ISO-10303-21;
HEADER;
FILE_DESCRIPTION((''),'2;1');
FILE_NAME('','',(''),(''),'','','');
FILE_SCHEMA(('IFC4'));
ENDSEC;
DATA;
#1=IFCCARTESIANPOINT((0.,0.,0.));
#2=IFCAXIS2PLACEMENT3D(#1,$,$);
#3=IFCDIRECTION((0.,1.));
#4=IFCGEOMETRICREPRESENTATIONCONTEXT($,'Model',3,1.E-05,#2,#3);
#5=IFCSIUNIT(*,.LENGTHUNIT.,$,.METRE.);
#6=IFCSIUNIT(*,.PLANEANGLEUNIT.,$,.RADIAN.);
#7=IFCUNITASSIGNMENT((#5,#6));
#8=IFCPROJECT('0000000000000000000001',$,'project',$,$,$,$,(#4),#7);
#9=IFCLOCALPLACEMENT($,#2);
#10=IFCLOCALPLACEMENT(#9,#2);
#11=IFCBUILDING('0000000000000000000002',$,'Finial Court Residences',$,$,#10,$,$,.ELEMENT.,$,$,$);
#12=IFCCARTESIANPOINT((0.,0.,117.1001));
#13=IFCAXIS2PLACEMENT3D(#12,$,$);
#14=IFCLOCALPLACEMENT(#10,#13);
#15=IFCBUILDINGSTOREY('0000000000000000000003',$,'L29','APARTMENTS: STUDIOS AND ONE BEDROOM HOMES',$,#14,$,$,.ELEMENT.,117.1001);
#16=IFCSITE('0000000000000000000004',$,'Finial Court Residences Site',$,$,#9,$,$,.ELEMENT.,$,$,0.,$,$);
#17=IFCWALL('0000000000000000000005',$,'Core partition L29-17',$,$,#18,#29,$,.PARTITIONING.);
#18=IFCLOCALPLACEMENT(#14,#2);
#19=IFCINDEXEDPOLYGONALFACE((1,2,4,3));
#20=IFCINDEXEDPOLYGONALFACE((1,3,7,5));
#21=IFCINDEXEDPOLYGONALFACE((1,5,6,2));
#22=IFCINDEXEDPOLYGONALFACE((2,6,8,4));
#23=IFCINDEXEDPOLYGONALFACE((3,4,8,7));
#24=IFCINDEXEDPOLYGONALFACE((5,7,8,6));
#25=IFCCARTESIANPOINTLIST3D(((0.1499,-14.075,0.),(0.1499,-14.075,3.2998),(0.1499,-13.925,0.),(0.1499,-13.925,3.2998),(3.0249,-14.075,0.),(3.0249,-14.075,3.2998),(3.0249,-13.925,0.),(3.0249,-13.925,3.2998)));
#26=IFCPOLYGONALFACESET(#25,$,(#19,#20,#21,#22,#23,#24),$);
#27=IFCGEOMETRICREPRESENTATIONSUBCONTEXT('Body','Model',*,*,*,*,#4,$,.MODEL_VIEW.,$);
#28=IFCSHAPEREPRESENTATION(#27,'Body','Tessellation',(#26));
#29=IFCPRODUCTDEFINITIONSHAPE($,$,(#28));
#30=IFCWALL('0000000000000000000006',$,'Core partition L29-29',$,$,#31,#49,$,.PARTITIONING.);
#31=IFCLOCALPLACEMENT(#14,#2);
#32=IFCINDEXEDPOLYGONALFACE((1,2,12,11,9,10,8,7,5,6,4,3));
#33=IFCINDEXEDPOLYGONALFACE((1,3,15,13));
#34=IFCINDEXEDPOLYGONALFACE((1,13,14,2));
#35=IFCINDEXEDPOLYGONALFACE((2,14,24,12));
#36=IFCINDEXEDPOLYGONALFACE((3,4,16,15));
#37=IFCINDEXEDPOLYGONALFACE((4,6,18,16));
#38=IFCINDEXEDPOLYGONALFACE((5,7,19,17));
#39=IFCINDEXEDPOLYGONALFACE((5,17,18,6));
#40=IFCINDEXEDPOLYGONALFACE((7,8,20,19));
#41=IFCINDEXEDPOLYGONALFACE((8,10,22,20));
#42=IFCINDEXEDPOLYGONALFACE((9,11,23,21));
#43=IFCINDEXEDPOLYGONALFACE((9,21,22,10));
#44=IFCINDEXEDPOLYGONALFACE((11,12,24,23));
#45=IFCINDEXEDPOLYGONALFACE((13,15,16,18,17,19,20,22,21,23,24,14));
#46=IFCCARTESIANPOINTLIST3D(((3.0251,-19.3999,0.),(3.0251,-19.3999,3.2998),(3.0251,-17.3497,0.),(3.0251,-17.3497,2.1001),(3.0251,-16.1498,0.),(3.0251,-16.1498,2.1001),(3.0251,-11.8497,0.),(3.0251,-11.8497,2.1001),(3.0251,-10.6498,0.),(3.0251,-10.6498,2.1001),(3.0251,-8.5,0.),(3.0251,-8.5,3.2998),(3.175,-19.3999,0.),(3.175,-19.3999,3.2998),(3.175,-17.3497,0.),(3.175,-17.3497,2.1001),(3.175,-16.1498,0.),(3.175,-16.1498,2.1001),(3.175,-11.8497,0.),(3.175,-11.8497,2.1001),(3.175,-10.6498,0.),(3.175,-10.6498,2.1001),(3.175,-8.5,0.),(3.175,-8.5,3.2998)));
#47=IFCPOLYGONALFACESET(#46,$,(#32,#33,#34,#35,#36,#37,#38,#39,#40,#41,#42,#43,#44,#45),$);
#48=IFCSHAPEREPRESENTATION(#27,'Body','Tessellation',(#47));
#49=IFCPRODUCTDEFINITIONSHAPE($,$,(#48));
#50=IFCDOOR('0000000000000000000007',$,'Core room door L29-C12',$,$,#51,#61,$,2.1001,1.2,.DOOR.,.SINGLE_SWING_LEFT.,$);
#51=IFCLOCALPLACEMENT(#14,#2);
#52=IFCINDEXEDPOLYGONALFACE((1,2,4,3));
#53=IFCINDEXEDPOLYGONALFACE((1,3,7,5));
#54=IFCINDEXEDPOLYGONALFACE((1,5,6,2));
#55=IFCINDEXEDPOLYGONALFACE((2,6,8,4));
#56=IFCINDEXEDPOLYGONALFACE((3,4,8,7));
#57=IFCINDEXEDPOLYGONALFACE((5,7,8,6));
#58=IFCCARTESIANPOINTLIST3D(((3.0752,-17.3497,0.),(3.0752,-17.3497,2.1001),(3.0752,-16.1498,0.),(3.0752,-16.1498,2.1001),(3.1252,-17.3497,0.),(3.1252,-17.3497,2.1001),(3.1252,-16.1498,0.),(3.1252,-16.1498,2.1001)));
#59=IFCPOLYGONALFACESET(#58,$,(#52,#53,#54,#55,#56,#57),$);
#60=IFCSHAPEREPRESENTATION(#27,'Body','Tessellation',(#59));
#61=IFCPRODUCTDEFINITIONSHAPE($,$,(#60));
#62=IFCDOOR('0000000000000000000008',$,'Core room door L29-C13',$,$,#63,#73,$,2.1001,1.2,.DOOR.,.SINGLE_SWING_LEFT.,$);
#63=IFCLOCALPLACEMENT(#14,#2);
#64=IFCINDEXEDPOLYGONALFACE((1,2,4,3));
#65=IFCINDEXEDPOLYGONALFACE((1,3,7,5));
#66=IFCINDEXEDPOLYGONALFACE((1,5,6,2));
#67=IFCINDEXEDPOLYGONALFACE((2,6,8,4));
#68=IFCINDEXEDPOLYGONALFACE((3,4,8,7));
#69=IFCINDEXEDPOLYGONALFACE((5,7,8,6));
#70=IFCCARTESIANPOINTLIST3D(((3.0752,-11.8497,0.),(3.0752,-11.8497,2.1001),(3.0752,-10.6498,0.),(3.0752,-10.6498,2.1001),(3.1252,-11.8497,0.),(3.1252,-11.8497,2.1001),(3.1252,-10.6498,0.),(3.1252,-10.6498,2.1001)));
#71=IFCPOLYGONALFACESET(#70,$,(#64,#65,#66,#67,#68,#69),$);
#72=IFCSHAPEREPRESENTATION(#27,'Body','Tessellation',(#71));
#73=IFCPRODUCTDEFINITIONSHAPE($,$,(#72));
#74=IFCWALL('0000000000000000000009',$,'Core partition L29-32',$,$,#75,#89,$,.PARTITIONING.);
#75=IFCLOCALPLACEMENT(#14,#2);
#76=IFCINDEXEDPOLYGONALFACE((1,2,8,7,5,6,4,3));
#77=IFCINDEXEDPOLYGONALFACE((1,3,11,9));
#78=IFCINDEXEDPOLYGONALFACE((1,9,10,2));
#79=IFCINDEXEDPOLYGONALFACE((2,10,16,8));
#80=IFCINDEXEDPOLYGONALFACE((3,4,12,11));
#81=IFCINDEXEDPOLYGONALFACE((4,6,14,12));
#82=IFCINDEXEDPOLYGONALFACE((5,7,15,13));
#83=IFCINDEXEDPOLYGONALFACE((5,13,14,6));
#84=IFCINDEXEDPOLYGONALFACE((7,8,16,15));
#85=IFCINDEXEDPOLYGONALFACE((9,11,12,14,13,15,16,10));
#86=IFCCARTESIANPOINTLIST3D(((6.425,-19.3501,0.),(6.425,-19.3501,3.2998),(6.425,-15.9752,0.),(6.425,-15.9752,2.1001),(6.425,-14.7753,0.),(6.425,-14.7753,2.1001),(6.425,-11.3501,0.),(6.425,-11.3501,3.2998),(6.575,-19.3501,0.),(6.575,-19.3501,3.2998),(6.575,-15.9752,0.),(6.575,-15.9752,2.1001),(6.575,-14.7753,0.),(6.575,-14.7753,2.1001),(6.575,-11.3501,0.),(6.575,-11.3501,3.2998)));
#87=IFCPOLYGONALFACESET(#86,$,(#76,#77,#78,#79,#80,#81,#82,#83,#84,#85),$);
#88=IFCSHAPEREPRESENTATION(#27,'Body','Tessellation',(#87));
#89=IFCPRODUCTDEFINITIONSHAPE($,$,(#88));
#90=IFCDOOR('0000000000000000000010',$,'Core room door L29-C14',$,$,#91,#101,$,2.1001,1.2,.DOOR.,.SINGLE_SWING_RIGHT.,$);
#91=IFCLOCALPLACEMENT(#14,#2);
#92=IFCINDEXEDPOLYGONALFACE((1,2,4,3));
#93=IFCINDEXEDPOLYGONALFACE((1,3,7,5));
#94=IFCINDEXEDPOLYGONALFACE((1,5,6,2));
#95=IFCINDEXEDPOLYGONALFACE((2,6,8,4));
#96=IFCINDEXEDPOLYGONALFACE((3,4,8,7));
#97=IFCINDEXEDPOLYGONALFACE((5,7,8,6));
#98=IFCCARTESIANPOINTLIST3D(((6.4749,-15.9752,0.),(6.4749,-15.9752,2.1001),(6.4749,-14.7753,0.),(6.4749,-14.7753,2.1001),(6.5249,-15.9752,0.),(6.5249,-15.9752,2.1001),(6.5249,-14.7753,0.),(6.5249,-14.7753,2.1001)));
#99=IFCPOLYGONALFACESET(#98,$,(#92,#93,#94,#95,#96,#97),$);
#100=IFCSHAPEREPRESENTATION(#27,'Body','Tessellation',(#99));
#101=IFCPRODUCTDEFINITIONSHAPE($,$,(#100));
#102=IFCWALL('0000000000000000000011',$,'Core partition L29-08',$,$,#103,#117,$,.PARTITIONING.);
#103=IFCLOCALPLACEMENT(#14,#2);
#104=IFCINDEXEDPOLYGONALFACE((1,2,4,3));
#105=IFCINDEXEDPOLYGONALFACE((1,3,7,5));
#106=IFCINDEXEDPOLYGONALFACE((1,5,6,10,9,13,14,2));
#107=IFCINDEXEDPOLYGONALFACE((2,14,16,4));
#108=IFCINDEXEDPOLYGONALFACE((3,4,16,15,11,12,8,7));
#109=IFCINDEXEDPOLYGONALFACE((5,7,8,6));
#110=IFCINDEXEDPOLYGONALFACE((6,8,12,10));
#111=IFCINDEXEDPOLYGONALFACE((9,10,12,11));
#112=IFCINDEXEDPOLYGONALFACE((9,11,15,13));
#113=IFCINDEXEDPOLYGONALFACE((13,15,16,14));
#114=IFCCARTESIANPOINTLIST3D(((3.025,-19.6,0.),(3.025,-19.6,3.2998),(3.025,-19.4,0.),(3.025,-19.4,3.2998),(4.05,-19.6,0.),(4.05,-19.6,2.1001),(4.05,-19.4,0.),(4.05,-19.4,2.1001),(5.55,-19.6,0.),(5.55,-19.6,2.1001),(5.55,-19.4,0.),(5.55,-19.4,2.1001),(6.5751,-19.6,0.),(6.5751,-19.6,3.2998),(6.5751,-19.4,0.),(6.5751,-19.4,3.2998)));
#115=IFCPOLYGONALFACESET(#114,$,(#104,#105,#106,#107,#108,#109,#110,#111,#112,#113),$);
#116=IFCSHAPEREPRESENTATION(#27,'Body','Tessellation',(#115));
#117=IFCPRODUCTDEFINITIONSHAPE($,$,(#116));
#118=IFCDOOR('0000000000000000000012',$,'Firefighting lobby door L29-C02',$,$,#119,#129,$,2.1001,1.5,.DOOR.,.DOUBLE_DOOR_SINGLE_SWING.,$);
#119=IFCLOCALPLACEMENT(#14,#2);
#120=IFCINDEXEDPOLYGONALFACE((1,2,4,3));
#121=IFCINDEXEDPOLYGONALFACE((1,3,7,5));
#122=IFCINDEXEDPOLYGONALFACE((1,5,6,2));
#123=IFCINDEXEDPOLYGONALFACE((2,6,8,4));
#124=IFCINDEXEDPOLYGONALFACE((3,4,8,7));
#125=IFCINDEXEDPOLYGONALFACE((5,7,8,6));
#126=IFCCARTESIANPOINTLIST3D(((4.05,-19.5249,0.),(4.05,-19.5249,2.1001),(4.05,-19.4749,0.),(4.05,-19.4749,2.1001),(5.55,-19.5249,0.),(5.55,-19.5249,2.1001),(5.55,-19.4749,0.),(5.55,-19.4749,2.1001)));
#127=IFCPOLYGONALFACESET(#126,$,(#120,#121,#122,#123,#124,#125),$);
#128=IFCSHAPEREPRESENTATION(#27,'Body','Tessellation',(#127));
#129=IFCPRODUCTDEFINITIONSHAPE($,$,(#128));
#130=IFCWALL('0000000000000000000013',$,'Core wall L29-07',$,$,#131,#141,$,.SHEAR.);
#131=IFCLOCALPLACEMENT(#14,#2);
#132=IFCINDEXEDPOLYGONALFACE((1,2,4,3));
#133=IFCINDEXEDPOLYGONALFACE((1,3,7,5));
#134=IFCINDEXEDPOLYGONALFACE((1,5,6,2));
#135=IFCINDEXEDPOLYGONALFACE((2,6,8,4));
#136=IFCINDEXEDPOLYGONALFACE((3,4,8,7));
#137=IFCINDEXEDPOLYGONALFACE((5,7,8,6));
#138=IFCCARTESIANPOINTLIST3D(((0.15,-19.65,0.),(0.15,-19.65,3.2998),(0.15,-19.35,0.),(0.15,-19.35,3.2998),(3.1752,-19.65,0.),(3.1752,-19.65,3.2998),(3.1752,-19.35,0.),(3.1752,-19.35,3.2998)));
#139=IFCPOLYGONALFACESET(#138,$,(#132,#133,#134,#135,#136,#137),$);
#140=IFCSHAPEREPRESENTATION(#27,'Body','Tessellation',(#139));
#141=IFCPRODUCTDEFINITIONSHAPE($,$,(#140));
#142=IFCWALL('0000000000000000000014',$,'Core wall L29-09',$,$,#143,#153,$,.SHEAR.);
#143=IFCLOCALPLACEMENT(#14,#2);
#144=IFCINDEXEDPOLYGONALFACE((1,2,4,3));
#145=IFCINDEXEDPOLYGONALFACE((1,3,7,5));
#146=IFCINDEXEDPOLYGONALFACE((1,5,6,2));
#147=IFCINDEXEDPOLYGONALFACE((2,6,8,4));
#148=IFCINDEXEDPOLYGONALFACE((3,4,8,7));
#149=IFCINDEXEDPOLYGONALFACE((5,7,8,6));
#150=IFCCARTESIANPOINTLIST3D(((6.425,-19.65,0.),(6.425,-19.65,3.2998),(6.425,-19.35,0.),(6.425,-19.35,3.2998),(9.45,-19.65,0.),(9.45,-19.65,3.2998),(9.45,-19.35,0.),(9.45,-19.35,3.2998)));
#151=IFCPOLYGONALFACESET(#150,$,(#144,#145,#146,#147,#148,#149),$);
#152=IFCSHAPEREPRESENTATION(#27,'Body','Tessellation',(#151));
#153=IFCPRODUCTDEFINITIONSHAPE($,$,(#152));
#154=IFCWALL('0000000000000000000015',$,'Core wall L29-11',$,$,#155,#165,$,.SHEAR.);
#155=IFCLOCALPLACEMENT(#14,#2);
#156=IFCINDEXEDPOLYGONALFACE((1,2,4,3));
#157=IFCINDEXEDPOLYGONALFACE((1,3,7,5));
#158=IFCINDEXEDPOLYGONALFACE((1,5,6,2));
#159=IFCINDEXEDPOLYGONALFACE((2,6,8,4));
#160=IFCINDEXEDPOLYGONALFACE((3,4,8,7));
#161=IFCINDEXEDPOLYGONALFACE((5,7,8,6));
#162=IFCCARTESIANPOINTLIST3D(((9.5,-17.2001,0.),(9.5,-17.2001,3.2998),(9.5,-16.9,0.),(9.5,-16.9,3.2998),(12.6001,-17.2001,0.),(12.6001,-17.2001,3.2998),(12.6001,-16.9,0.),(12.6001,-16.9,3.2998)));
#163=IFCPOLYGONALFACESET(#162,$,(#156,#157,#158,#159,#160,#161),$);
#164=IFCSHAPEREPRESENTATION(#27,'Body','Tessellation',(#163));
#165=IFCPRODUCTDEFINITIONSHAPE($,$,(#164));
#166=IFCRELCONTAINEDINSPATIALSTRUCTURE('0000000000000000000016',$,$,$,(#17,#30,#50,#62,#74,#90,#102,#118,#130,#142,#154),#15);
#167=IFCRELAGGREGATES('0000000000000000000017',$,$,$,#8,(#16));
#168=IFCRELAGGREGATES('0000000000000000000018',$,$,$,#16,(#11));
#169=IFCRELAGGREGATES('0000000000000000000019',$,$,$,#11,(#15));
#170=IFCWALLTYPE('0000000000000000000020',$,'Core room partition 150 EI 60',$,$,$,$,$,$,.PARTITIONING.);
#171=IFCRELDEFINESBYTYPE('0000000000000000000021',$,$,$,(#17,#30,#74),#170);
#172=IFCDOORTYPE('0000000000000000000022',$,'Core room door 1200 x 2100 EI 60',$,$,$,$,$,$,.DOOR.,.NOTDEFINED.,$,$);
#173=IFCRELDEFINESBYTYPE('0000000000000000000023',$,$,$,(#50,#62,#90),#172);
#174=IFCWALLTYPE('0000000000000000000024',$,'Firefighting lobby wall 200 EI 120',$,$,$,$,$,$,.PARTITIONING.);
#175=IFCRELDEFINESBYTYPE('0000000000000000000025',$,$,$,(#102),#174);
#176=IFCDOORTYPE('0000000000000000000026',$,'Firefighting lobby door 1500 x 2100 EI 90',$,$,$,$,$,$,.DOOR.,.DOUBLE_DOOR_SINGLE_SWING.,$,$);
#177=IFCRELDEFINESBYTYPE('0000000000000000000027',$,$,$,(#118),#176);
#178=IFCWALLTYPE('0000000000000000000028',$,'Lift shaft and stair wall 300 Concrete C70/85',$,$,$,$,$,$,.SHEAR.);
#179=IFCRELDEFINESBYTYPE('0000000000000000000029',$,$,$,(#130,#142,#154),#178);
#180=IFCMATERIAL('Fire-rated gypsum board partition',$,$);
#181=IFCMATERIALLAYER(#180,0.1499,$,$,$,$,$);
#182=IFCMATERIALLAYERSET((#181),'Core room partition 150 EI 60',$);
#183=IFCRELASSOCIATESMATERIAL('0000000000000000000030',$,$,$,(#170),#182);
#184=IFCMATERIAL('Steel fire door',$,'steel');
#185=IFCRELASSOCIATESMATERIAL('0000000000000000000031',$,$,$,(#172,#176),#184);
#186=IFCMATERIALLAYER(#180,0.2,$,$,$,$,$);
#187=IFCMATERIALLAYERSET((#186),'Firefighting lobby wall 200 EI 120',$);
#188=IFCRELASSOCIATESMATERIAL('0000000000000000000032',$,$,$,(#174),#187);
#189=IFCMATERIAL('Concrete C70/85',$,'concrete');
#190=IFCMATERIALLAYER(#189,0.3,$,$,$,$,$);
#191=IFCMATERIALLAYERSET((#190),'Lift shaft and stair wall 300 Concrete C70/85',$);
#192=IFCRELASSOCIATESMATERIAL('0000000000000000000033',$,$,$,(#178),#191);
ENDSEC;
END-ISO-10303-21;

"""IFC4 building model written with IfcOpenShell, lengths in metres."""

from ifc_helpers import new_model, si_unit, direction, frame, frame_2d, origin, place, context, subcontext, project, spatial, rectangle, extrude, material, layer, layer_set, type_object, element, fill, save


model = new_model("IFC4")

# Units and contexts
model_context = context("Model", 3, precision=1e-05, world=origin(), true_north=direction((0.0, 1.0)))
body_context = subcontext(model_context, "Body", "Model", "MODEL_VIEW")
ifc_project = project(units=[si_unit("LENGTHUNIT", "METRE"), si_unit("PLANEANGLEUNIT", "RADIAN")], contexts=[model_context])

# Site, building, storey
site_placement = place(None, origin())
site = spatial("IfcSite", under=ifc_project, at=site_placement, Name="Finial Court Residences Site", CompositionType="ELEMENT", RefElevation=0.0)
building_placement = place(site_placement, origin())
building = spatial("IfcBuilding", under=site, at=building_placement, Name="Finial Court Residences", CompositionType="ELEMENT")
storey_placement = place(building_placement, frame((0.0, 0.0, 117.1001)))
storey = spatial("IfcBuildingStorey", under=building, at=storey_placement, Name="L29", Description="APARTMENTS: STUDIOS AND ONE BEDROOM HOMES", CompositionType="ELEMENT", Elevation=117.1001)

# Wall
ifc_material_1 = material(Name="Fire-rated gypsum board partition")
ifc_layer_1 = layer(ifc_material_1, 0.1499)
ifc_layer_set_1 = layer_set([ifc_layer_1], Name="Core room partition 150 EI 60")
wall_type_1 = type_object("IfcWallType", Name="Core room partition 150 EI 60", PredefinedType="PARTITIONING", material=ifc_layer_set_1)
wall_1_placement = place(storey_placement, frame((0.1499, -14.0, 0.0), z_axis=(0.0, 0.0, 1.0), x_axis=(1.0, 0.0, 0.0)))
element("IfcWall", 1, at=wall_1_placement, inside=storey, type_object=wall_type_1, Name="Core partition L29-17", PredefinedType="PARTITIONING", context=body_context, shape_type="SweptSolid", body=[
    extrude(rectangle(XDim=2.875, YDim=0.1499, at=frame_2d((1.4375, 0.0))), origin(), (0.0, 0.0, 1.0), 3.2998),
])

# Wall, openings, doors
wall_2_placement = place(storey_placement, frame((3.1001, -19.3999, 0.0), z_axis=(0.0, 0.0, 1.0), x_axis=(0.0, 1.0, 0.0)))
wall_2 = element("IfcWall", 2, at=wall_2_placement, inside=storey, type_object=wall_type_1, Name="Core partition L29-29", PredefinedType="PARTITIONING", context=body_context, shape_type="SweptSolid", body=[
    extrude(rectangle(XDim=10.8999, YDim=0.1499, at=frame_2d((5.45, 0.0))), origin(), (0.0, 0.0, 1.0), 3.2998),
])
opening_1_placement = place(wall_2_placement, frame((2.05, 0.0, 0.0)))
opening_1 = element("IfcOpeningElement", 3, at=opening_1_placement, cuts=wall_2, PredefinedType="OPENING", context=body_context, shape_type="SweptSolid", body=[
    extrude(rectangle(XDim=1.2, YDim=2.1001, at=frame_2d((0.6001, 1.05))), frame((0.0, 0.085, 0.0), z_axis=(0.0, -1.0, 0.0), x_axis=(1.0, 0.0, 0.0)), (0.0, 0.0, 1.0), 0.1699),
])
opening_2_placement = place(wall_2_placement, frame((7.55, 0.0, 0.0)))
opening_2 = element("IfcOpeningElement", 4, at=opening_2_placement, cuts=wall_2, PredefinedType="OPENING", context=body_context, shape_type="SweptSolid", body=[
    extrude(rectangle(XDim=1.2, YDim=2.1001, at=frame_2d((0.6001, 1.05))), frame((0.0, 0.085, 0.0), z_axis=(0.0, -1.0, 0.0), x_axis=(1.0, 0.0, 0.0)), (0.0, 0.0, 1.0), 0.1699),
])
ifc_material_2 = material(Name="Steel fire door", Category="steel")
door_type_1 = type_object("IfcDoorType", Name="Core room door 1200 x 2100 EI 60", OperationType="NOTDEFINED", PredefinedType="DOOR", material=ifc_material_2)
door_1_placement = place(opening_1_placement, origin())
door_1 = element("IfcDoor", 5, at=door_1_placement, inside=storey, type_object=door_type_1, Name="Core room door L29-C12", OperationType="SINGLE_SWING_LEFT", OverallHeight=2.1001, OverallWidth=1.2, PredefinedType="DOOR", context=body_context, shape_type="SweptSolid", body=[
    extrude(rectangle(XDim=1.2, YDim=2.1001, at=frame_2d((0.6001, 1.05))), frame((0.0, 0.0249, 0.0), z_axis=(0.0, -1.0, 0.0), x_axis=(1.0, 0.0, 0.0)), (0.0, 0.0, 1.0), 0.05),
])
fill(opening_1, door_1)
door_2_placement = place(opening_2_placement, origin())
door_2 = element("IfcDoor", 6, at=door_2_placement, inside=storey, type_object=door_type_1, Name="Core room door L29-C13", OperationType="SINGLE_SWING_LEFT", OverallHeight=2.1001, OverallWidth=1.2, PredefinedType="DOOR", context=body_context, shape_type="SweptSolid", body=[
    extrude(rectangle(XDim=1.2, YDim=2.1001, at=frame_2d((0.6001, 1.05))), frame((0.0, 0.0249, 0.0), z_axis=(0.0, -1.0, 0.0), x_axis=(1.0, 0.0, 0.0)), (0.0, 0.0, 1.0), 0.05),
])
fill(opening_2, door_2)

# Walls, openings, doors
wall_3_placement = place(storey_placement, frame((6.5, -11.3501, 0.0), z_axis=(0.0, 0.0, 1.0), x_axis=(0.0, -1.0, 0.0)))
wall_3 = element("IfcWall", 7, at=wall_3_placement, inside=storey, type_object=wall_type_1, Name="Core partition L29-32", PredefinedType="PARTITIONING", context=body_context, shape_type="SweptSolid", body=[
    extrude(rectangle(XDim=8.0, YDim=0.1499, at=frame_2d((4.0, 0.0))), origin(), (0.0, 0.0, 1.0), 3.2998),
])
opening_3_placement = place(wall_3_placement, frame((3.425, 0.0, 0.0)))
opening_3 = element("IfcOpeningElement", 8, at=opening_3_placement, cuts=wall_3, PredefinedType="OPENING", context=body_context, shape_type="SweptSolid", body=[
    extrude(rectangle(XDim=1.2, YDim=2.1001, at=frame_2d((0.6001, 1.05))), frame((0.0, 0.085, 0.0), z_axis=(0.0, -1.0, 0.0), x_axis=(1.0, 0.0, 0.0)), (0.0, 0.0, 1.0), 0.1699),
])
door_3_placement = place(opening_3_placement, origin())
door_3 = element("IfcDoor", 9, at=door_3_placement, inside=storey, type_object=door_type_1, Name="Core room door L29-C14", OperationType="SINGLE_SWING_RIGHT", OverallHeight=2.1001, OverallWidth=1.2, PredefinedType="DOOR", context=body_context, shape_type="SweptSolid", body=[
    extrude(rectangle(XDim=1.2, YDim=2.1001, at=frame_2d((0.6001, 1.05))), frame((0.0, 0.0249, 0.0), z_axis=(0.0, -1.0, 0.0), x_axis=(1.0, 0.0, 0.0)), (0.0, 0.0, 1.0), 0.05),
])
fill(opening_3, door_3)
ifc_layer_2 = layer(ifc_material_1, 0.2)
ifc_layer_set_2 = layer_set([ifc_layer_2], Name="Firefighting lobby wall 200 EI 120")
wall_type_2 = type_object("IfcWallType", Name="Firefighting lobby wall 200 EI 120", PredefinedType="PARTITIONING", material=ifc_layer_set_2)
wall_4_placement = place(storey_placement, frame((6.575, -19.5, 0.0), z_axis=(0.0, 0.0, 1.0), x_axis=(-1.0, 0.0, 0.0)))
wall_4 = element("IfcWall", 10, at=wall_4_placement, inside=storey, type_object=wall_type_2, Name="Core partition L29-08", PredefinedType="PARTITIONING", context=body_context, shape_type="SweptSolid", body=[
    extrude(rectangle(XDim=3.55, YDim=0.2, at=frame_2d((1.7749, 0.0))), origin(), (0.0, 0.0, 1.0), 3.2998),
])
opening_4_placement = place(wall_4_placement, frame((1.0249, 0.0, 0.0)))
opening_4 = element("IfcOpeningElement", 11, at=opening_4_placement, cuts=wall_4, PredefinedType="OPENING", context=body_context, shape_type="SweptSolid", body=[
    extrude(rectangle(XDim=1.5, YDim=2.1001, at=frame_2d((0.75, 1.05))), frame((0.0, 0.1099, 0.0), z_axis=(0.0, -1.0, 0.0), x_axis=(1.0, 0.0, 0.0)), (0.0, 0.0, 1.0), 0.22),
])
door_type_2 = type_object("IfcDoorType", Name="Firefighting lobby door 1500 x 2100 EI 90", OperationType="DOUBLE_DOOR_SINGLE_SWING", PredefinedType="DOOR", material=ifc_material_2)
door_4_placement = place(opening_4_placement, origin())
door_4 = element("IfcDoor", 12, at=door_4_placement, inside=storey, type_object=door_type_2, Name="Firefighting lobby door L29-C02", OperationType="DOUBLE_DOOR_SINGLE_SWING", OverallHeight=2.1001, OverallWidth=1.5, PredefinedType="DOOR", context=body_context, shape_type="SweptSolid", body=[
    extrude(rectangle(XDim=1.5, YDim=2.1001, at=frame_2d((0.75, 1.05))), frame((0.0, 0.0249, 0.0), z_axis=(0.0, -1.0, 0.0), x_axis=(1.0, 0.0, 0.0)), (0.0, 0.0, 1.0), 0.05),
])
fill(opening_4, door_4)

# Walls
ifc_material_3 = material(Name="Concrete C70/85", Category="concrete")
ifc_layer_3 = layer(ifc_material_3, 0.3)
ifc_layer_set_3 = layer_set([ifc_layer_3], Name="Lift shaft and stair wall 300 Concrete C70/85")
wall_type_3 = type_object("IfcWallType", Name="Lift shaft and stair wall 300 Concrete C70/85", PredefinedType="SHEAR", material=ifc_layer_set_3)
wall_5_placement = place(storey_placement, frame((0.1499, -19.5, 0.0), z_axis=(0.0, 0.0, 1.0), x_axis=(1.0, 0.0, 0.0)))
element("IfcWall", 13, at=wall_5_placement, inside=storey, type_object=wall_type_3, Name="Core wall L29-07", PredefinedType="SHEAR", context=body_context, shape_type="SweptSolid", body=[
    extrude(rectangle(XDim=3.0251, YDim=0.3, at=frame_2d((1.5127, 0.0))), origin(), (0.0, 0.0, 1.0), 3.2998),
])
wall_6_placement = place(storey_placement, frame((6.425, -19.5, 0.0), z_axis=(0.0, 0.0, 1.0), x_axis=(1.0, 0.0, 0.0)))
element("IfcWall", 14, at=wall_6_placement, inside=storey, type_object=wall_type_3, Name="Core wall L29-09", PredefinedType="SHEAR", context=body_context, shape_type="SweptSolid", body=[
    extrude(rectangle(XDim=3.0249, YDim=0.3, at=frame_2d((1.5125, 0.0))), origin(), (0.0, 0.0, 1.0), 3.2998),
])
wall_7_placement = place(storey_placement, frame((9.5, -17.05, 0.0), z_axis=(0.0, 0.0, 1.0), x_axis=(1.0, 0.0, 0.0)))
element("IfcWall", 15, at=wall_7_placement, inside=storey, type_object=wall_type_3, Name="Core wall L29-11", PredefinedType="SHEAR", context=body_context, shape_type="SweptSolid", body=[
    extrude(rectangle(XDim=3.1001, YDim=0.3, at=frame_2d((1.55, 0.0))), origin(), (0.0, 0.0, 1.0), 3.2998),
])

save(model, "model.ifc")
